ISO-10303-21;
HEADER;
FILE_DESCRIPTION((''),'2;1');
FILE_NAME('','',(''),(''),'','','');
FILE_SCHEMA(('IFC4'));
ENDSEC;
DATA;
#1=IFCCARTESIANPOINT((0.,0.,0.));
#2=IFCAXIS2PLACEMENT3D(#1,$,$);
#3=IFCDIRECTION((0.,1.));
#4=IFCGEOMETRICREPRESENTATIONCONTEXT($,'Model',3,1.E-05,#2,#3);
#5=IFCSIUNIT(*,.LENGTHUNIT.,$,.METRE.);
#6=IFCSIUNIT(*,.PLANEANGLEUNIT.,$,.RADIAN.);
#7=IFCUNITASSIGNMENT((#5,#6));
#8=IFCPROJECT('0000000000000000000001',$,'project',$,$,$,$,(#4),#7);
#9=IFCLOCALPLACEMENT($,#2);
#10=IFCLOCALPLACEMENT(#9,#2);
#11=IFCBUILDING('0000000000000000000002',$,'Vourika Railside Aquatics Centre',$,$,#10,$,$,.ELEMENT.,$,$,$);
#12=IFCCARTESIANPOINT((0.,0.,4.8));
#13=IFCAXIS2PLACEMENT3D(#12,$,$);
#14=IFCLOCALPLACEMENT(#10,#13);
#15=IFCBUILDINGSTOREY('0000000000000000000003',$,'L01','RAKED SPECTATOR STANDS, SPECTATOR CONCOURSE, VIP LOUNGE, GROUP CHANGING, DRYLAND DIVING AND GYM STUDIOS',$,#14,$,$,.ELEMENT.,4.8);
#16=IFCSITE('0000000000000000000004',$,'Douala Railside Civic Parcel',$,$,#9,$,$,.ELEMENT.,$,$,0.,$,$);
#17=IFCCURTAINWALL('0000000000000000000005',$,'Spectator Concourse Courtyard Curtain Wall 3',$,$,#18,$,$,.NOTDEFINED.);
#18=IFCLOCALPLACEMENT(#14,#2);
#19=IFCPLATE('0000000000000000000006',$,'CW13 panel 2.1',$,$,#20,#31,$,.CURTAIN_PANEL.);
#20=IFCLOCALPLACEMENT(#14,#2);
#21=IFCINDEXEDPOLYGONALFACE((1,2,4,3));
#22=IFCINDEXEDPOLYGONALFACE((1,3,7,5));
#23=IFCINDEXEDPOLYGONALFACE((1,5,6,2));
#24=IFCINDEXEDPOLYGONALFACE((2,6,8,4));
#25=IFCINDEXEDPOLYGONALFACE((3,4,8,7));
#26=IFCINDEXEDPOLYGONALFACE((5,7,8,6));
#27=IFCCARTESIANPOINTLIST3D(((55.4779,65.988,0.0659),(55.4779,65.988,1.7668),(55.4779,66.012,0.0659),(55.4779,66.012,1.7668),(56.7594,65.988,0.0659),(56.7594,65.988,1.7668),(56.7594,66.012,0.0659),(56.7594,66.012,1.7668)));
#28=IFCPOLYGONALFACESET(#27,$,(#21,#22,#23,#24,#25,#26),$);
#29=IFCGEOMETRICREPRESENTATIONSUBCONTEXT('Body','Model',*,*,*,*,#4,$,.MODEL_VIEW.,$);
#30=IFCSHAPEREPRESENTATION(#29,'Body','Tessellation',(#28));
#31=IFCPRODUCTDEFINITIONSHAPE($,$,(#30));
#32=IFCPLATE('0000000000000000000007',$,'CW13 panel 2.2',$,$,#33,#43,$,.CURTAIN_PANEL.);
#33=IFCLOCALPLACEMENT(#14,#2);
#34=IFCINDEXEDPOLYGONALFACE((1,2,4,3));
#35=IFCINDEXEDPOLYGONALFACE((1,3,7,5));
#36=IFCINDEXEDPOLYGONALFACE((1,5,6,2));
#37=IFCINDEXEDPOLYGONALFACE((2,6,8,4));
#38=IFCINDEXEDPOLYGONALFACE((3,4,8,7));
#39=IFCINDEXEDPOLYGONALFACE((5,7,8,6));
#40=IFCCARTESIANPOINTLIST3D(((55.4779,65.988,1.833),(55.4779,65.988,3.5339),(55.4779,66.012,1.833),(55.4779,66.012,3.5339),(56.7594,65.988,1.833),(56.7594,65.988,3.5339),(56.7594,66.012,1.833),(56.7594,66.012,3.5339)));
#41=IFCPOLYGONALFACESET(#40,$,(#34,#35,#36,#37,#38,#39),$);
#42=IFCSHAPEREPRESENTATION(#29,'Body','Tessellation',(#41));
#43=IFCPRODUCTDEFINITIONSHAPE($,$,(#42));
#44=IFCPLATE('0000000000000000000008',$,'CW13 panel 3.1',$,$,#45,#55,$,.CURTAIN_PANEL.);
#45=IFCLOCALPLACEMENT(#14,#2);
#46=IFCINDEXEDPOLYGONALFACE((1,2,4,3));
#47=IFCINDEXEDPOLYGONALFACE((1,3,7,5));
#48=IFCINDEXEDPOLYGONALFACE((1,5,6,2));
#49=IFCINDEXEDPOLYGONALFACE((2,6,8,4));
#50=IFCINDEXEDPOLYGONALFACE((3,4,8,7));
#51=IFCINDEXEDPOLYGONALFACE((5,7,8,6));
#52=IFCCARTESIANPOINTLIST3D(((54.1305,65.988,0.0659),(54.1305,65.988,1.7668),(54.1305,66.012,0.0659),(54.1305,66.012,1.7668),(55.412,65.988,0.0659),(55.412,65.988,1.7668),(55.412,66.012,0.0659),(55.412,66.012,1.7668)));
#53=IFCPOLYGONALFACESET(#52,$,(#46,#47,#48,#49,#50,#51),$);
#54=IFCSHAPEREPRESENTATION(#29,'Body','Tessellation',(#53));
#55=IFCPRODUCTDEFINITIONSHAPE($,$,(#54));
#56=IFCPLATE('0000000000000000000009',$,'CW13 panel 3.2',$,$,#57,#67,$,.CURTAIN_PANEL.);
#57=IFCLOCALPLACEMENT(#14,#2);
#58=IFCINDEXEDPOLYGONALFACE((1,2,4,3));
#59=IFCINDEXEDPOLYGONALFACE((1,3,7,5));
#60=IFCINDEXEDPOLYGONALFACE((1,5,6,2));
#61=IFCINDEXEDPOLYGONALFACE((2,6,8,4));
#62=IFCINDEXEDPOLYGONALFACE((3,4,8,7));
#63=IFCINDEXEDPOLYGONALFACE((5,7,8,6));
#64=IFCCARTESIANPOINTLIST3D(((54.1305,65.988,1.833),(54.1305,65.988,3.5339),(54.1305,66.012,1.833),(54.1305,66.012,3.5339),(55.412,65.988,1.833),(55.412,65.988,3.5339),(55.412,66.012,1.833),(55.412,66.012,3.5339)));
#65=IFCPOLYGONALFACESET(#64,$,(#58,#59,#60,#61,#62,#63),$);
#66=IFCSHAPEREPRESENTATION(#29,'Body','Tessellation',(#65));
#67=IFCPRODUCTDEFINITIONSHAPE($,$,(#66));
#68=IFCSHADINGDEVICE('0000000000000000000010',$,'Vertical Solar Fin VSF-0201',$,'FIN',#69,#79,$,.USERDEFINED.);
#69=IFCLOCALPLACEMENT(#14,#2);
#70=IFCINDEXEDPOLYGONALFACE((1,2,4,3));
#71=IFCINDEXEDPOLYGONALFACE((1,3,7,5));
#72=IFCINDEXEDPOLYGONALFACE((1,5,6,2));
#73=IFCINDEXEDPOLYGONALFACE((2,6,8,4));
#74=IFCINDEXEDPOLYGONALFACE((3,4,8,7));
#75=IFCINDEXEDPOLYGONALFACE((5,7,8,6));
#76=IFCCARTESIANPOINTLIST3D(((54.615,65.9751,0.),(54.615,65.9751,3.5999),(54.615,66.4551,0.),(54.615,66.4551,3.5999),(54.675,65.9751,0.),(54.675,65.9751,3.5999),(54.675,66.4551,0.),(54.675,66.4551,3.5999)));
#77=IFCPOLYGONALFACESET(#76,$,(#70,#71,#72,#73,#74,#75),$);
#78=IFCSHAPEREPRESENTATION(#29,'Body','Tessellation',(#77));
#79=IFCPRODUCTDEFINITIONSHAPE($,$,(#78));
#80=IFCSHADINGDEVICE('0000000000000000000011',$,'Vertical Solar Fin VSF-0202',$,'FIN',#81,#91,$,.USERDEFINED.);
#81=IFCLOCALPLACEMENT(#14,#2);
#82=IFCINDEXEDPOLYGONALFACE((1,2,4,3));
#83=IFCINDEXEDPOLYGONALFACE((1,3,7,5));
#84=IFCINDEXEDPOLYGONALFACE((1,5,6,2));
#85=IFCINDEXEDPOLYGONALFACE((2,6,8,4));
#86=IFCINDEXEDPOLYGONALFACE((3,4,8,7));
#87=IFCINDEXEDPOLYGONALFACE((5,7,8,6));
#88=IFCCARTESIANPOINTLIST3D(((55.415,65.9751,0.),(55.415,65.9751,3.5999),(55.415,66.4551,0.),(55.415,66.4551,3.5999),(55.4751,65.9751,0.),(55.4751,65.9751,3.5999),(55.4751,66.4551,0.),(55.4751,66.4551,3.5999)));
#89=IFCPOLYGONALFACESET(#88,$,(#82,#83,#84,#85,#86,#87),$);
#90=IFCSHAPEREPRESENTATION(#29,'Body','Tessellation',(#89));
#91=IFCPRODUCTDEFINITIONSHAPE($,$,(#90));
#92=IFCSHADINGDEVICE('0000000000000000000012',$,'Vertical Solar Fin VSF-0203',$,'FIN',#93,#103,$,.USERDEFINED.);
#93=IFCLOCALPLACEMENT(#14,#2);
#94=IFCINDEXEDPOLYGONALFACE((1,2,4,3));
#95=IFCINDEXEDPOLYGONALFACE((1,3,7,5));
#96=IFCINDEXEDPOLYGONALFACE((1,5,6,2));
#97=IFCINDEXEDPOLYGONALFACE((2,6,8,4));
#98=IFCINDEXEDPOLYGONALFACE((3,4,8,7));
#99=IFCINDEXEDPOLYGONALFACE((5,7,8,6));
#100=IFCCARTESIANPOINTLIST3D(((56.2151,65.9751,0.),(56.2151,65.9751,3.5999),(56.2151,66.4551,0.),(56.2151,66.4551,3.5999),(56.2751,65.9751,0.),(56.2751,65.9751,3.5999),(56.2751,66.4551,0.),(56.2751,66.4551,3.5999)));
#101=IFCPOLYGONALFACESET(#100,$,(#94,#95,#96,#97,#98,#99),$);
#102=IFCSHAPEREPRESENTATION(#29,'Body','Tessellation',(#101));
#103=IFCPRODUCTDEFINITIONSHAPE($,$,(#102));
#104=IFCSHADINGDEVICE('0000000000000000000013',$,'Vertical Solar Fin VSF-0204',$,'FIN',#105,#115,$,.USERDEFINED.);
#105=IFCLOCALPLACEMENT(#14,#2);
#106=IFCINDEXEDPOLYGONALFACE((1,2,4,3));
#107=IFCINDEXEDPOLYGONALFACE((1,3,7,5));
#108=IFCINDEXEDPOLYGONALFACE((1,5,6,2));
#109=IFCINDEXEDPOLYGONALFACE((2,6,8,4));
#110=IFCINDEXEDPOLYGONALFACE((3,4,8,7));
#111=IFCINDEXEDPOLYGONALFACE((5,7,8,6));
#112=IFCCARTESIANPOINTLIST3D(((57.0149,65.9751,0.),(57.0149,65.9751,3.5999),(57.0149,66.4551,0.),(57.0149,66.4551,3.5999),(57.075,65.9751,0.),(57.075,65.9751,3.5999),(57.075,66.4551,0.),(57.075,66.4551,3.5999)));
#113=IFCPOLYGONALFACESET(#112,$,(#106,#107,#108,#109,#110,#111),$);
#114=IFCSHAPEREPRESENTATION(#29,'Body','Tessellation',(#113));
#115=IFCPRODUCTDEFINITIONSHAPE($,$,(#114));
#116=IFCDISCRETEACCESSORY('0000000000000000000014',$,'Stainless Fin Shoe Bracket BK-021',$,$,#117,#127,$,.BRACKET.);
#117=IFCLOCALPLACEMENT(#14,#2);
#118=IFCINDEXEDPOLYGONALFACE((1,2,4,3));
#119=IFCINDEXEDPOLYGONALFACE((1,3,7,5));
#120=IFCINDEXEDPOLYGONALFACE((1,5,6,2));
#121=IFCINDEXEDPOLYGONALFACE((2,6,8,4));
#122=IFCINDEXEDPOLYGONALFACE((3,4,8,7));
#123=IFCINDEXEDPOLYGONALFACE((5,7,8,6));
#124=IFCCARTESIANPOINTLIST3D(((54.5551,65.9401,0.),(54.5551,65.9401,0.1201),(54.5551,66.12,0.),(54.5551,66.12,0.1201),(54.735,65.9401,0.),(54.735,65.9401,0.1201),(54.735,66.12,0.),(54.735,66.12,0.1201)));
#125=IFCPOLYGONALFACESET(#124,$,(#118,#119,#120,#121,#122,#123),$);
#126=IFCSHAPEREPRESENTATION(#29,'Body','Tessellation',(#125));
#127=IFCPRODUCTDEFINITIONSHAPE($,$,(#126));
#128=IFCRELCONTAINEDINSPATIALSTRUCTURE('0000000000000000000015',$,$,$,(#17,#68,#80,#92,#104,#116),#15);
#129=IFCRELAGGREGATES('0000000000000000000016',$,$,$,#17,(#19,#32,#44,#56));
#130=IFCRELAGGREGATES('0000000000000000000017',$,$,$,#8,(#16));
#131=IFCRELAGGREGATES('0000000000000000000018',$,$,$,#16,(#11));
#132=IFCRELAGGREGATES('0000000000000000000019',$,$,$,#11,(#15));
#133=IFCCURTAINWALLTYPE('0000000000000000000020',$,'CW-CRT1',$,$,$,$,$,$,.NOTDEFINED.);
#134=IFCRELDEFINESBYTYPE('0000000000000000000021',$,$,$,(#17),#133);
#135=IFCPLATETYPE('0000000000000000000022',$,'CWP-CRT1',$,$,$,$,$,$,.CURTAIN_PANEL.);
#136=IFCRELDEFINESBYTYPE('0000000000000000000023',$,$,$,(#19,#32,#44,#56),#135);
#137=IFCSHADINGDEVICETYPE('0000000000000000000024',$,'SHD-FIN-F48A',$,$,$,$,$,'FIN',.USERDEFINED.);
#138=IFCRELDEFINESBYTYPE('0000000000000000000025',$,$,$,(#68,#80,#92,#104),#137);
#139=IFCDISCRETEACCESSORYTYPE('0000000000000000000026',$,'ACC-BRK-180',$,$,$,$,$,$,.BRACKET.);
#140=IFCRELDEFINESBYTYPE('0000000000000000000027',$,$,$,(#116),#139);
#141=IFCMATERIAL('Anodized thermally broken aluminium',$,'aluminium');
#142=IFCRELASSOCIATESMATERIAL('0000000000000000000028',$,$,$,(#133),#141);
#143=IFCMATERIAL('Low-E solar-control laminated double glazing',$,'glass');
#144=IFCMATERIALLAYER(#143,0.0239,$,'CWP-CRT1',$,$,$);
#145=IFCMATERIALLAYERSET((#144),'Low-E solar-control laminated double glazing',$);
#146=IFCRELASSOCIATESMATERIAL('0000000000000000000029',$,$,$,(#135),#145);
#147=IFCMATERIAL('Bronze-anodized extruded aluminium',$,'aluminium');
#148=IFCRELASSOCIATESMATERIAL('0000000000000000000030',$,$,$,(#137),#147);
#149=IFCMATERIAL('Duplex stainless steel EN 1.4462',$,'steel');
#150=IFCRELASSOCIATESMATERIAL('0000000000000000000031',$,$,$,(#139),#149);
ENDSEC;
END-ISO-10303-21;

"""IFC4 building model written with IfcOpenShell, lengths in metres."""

from ifc_helpers import new_model, si_unit, direction, frame, origin, origin_2d, place, context, subcontext, project, spatial, rectangle, extrude, material, layer, layer_set, material_profile, profile_set, type_object, element, aggregate, save


model = new_model("IFC4")

# Units and contexts
model_context = context("Model", 3, precision=1e-05, world=origin(), true_north=direction((0.0, 1.0)))
body_context = subcontext(model_context, "Body", "Model", "MODEL_VIEW")
ifc_project = project(units=[si_unit("LENGTHUNIT", "METRE"), si_unit("PLANEANGLEUNIT", "RADIAN")], contexts=[model_context])

# Site, building, storey
site_placement = place(None, origin())
site = spatial("IfcSite", under=ifc_project, at=site_placement, Name="Douala Railside Civic Parcel", CompositionType="ELEMENT", RefElevation=0.0)
building_placement = place(site_placement, origin())
building = spatial("IfcBuilding", under=site, at=building_placement, Name="Vourika Railside Aquatics Centre", CompositionType="ELEMENT")
storey_placement = place(building_placement, frame((0.0, 0.0, 4.8)))
storey = spatial("IfcBuildingStorey", under=building, at=storey_placement, Name="L01", Description="RAKED SPECTATOR STANDS, SPECTATOR CONCOURSE, VIP LOUNGE, GROUP CHANGING, DRYLAND DIVING AND GYM STUDIOS", CompositionType="ELEMENT", Elevation=4.8)

# Curtain wall, plates
ifc_material_1 = material(Name="Anodized thermally broken aluminium", Category="aluminium")
curtain_wall_type = type_object("IfcCurtainWallType", Name="CW-CRT1", PredefinedType="NOTDEFINED", material=ifc_material_1)
curtain_wall_placement = place(storey_placement, origin())
curtain_wall = element("IfcCurtainWall", 1, at=curtain_wall_placement, inside=storey, type_object=curtain_wall_type, Name="Spectator Concourse Courtyard Curtain Wall 3", PredefinedType="NOTDEFINED")
ifc_material_2 = material(Name="Low-E solar-control laminated double glazing", Category="glass")
ifc_layer = layer(ifc_material_2, 0.0239, Name="CWP-CRT1")
ifc_layer_set = layer_set([ifc_layer], Name="Low-E solar-control laminated double glazing")
plate_type = type_object("IfcPlateType", Name="CWP-CRT1", PredefinedType="CURTAIN_PANEL", material=ifc_layer_set)
plate_1_placement = place(storey_placement, frame((56.1187, 66.0, 0.0659), z_axis=(0.0, 0.0, 1.0), x_axis=(-1.0, 0.0, 0.0)))
plate_1 = element("IfcPlate", 2, at=plate_1_placement, type_object=plate_type, Name="CW13 panel 2.1", PredefinedType="CURTAIN_PANEL", context=body_context, shape_type="SweptSolid", body=[
    extrude(rectangle(XDim=1.2815, YDim=0.0239, at=origin_2d()), origin(), (0.0, 0.0, 1.0), 1.7009),
])
plate_2_placement = place(storey_placement, frame((56.1187, 66.0, 1.833), z_axis=(0.0, 0.0, 1.0), x_axis=(-1.0, 0.0, 0.0)))
plate_2 = element("IfcPlate", 3, at=plate_2_placement, type_object=plate_type, Name="CW13 panel 2.2", PredefinedType="CURTAIN_PANEL", context=body_context, shape_type="SweptSolid", body=[
    extrude(rectangle(XDim=1.2815, YDim=0.0239, at=origin_2d()), origin(), (0.0, 0.0, 1.0), 1.7009),
])
plate_3_placement = place(storey_placement, frame((54.7712, 66.0, 0.0659), z_axis=(0.0, 0.0, 1.0), x_axis=(-1.0, 0.0, 0.0)))
plate_3 = element("IfcPlate", 4, at=plate_3_placement, type_object=plate_type, Name="CW13 panel 3.1", PredefinedType="CURTAIN_PANEL", context=body_context, shape_type="SweptSolid", body=[
    extrude(rectangle(XDim=1.2815, YDim=0.0239, at=origin_2d()), origin(), (0.0, 0.0, 1.0), 1.7009),
])
plate_4_placement = place(storey_placement, frame((54.7712, 66.0, 1.833), z_axis=(0.0, 0.0, 1.0), x_axis=(-1.0, 0.0, 0.0)))
plate_4 = element("IfcPlate", 5, at=plate_4_placement, type_object=plate_type, Name="CW13 panel 3.2", PredefinedType="CURTAIN_PANEL", context=body_context, shape_type="SweptSolid", body=[
    extrude(rectangle(XDim=1.2815, YDim=0.0239, at=origin_2d()), origin(), (0.0, 0.0, 1.0), 1.7009),
])
aggregate(curtain_wall, [plate_1, plate_2, plate_3, plate_4])

# Shading devices
ifc_material_3 = material(Name="Bronze-anodized extruded aluminium", Category="aluminium")
ifc_material_profile_1 = material_profile(ifc_material_3, rectangle(XDim=0.0601, YDim=0.48, at=origin_2d()), Name="ALU-FIN 60x480")
ifc_profile_set_1 = profile_set([ifc_material_profile_1], Name="Bronze-anodized extruded aluminium")
shading_device_type = type_object("IfcShadingDeviceType", Name="SHD-FIN-F48A", ElementType="FIN", PredefinedType="USERDEFINED", material=ifc_profile_set_1)
for number, where, z_axis, x_axis, name in (
    (6, (54.645, 66.2151, 0.0), (0.0, 0.0, 1.0), (1.0, 0.0, 0.0), "Vertical Solar Fin VSF-0201"),
    (7, (55.4451, 66.2151, 0.0), (0.0, 0.0, 1.0), (1.0, 0.0, 0.0), "Vertical Solar Fin VSF-0202"),
    (8, (56.2451, 66.2151, 0.0), (0.0, 0.0, 1.0), (1.0, 0.0, 0.0), "Vertical Solar Fin VSF-0203"),
    (9, (57.0449, 66.2151, 0.0), (0.0, 0.0, 1.0), (1.0, 0.0, 0.0), "Vertical Solar Fin VSF-0204"),
):
    element("IfcShadingDevice", number, at=place(storey_placement, frame(where, z_axis=z_axis, x_axis=x_axis)), inside=storey, type_object=shading_device_type, Name=name, ObjectType="FIN", PredefinedType="USERDEFINED", context=body_context, shape_type="SweptSolid", body=[
        extrude(rectangle(XDim=0.0601, YDim=0.48, at=origin_2d()), origin(), (0.0, 0.0, 1.0), 3.5999),
    ])

# Discrete accessory
ifc_material_4 = material(Name="Duplex stainless steel EN 1.4462", Category="steel")
discrete_accessory_type = type_object("IfcDiscreteAccessoryType", Name="ACC-BRK-180", PredefinedType="BRACKET", material=ifc_material_4)
discrete_accessory_placement = place(storey_placement, frame((54.645, 66.03, 0.0), z_axis=(0.0, 0.0, 1.0), x_axis=(0.0, 1.0, 0.0)))
element("IfcDiscreteAccessory", 10, at=discrete_accessory_placement, inside=storey, type_object=discrete_accessory_type, Name="Stainless Fin Shoe Bracket BK-021", PredefinedType="BRACKET", context=body_context, shape_type="SweptSolid", body=[
    extrude(rectangle(XDim=0.1799, YDim=0.1799, at=origin_2d()), origin(), (0.0, 0.0, 1.0), 0.1201),
])

save(model, "model.ifc")
